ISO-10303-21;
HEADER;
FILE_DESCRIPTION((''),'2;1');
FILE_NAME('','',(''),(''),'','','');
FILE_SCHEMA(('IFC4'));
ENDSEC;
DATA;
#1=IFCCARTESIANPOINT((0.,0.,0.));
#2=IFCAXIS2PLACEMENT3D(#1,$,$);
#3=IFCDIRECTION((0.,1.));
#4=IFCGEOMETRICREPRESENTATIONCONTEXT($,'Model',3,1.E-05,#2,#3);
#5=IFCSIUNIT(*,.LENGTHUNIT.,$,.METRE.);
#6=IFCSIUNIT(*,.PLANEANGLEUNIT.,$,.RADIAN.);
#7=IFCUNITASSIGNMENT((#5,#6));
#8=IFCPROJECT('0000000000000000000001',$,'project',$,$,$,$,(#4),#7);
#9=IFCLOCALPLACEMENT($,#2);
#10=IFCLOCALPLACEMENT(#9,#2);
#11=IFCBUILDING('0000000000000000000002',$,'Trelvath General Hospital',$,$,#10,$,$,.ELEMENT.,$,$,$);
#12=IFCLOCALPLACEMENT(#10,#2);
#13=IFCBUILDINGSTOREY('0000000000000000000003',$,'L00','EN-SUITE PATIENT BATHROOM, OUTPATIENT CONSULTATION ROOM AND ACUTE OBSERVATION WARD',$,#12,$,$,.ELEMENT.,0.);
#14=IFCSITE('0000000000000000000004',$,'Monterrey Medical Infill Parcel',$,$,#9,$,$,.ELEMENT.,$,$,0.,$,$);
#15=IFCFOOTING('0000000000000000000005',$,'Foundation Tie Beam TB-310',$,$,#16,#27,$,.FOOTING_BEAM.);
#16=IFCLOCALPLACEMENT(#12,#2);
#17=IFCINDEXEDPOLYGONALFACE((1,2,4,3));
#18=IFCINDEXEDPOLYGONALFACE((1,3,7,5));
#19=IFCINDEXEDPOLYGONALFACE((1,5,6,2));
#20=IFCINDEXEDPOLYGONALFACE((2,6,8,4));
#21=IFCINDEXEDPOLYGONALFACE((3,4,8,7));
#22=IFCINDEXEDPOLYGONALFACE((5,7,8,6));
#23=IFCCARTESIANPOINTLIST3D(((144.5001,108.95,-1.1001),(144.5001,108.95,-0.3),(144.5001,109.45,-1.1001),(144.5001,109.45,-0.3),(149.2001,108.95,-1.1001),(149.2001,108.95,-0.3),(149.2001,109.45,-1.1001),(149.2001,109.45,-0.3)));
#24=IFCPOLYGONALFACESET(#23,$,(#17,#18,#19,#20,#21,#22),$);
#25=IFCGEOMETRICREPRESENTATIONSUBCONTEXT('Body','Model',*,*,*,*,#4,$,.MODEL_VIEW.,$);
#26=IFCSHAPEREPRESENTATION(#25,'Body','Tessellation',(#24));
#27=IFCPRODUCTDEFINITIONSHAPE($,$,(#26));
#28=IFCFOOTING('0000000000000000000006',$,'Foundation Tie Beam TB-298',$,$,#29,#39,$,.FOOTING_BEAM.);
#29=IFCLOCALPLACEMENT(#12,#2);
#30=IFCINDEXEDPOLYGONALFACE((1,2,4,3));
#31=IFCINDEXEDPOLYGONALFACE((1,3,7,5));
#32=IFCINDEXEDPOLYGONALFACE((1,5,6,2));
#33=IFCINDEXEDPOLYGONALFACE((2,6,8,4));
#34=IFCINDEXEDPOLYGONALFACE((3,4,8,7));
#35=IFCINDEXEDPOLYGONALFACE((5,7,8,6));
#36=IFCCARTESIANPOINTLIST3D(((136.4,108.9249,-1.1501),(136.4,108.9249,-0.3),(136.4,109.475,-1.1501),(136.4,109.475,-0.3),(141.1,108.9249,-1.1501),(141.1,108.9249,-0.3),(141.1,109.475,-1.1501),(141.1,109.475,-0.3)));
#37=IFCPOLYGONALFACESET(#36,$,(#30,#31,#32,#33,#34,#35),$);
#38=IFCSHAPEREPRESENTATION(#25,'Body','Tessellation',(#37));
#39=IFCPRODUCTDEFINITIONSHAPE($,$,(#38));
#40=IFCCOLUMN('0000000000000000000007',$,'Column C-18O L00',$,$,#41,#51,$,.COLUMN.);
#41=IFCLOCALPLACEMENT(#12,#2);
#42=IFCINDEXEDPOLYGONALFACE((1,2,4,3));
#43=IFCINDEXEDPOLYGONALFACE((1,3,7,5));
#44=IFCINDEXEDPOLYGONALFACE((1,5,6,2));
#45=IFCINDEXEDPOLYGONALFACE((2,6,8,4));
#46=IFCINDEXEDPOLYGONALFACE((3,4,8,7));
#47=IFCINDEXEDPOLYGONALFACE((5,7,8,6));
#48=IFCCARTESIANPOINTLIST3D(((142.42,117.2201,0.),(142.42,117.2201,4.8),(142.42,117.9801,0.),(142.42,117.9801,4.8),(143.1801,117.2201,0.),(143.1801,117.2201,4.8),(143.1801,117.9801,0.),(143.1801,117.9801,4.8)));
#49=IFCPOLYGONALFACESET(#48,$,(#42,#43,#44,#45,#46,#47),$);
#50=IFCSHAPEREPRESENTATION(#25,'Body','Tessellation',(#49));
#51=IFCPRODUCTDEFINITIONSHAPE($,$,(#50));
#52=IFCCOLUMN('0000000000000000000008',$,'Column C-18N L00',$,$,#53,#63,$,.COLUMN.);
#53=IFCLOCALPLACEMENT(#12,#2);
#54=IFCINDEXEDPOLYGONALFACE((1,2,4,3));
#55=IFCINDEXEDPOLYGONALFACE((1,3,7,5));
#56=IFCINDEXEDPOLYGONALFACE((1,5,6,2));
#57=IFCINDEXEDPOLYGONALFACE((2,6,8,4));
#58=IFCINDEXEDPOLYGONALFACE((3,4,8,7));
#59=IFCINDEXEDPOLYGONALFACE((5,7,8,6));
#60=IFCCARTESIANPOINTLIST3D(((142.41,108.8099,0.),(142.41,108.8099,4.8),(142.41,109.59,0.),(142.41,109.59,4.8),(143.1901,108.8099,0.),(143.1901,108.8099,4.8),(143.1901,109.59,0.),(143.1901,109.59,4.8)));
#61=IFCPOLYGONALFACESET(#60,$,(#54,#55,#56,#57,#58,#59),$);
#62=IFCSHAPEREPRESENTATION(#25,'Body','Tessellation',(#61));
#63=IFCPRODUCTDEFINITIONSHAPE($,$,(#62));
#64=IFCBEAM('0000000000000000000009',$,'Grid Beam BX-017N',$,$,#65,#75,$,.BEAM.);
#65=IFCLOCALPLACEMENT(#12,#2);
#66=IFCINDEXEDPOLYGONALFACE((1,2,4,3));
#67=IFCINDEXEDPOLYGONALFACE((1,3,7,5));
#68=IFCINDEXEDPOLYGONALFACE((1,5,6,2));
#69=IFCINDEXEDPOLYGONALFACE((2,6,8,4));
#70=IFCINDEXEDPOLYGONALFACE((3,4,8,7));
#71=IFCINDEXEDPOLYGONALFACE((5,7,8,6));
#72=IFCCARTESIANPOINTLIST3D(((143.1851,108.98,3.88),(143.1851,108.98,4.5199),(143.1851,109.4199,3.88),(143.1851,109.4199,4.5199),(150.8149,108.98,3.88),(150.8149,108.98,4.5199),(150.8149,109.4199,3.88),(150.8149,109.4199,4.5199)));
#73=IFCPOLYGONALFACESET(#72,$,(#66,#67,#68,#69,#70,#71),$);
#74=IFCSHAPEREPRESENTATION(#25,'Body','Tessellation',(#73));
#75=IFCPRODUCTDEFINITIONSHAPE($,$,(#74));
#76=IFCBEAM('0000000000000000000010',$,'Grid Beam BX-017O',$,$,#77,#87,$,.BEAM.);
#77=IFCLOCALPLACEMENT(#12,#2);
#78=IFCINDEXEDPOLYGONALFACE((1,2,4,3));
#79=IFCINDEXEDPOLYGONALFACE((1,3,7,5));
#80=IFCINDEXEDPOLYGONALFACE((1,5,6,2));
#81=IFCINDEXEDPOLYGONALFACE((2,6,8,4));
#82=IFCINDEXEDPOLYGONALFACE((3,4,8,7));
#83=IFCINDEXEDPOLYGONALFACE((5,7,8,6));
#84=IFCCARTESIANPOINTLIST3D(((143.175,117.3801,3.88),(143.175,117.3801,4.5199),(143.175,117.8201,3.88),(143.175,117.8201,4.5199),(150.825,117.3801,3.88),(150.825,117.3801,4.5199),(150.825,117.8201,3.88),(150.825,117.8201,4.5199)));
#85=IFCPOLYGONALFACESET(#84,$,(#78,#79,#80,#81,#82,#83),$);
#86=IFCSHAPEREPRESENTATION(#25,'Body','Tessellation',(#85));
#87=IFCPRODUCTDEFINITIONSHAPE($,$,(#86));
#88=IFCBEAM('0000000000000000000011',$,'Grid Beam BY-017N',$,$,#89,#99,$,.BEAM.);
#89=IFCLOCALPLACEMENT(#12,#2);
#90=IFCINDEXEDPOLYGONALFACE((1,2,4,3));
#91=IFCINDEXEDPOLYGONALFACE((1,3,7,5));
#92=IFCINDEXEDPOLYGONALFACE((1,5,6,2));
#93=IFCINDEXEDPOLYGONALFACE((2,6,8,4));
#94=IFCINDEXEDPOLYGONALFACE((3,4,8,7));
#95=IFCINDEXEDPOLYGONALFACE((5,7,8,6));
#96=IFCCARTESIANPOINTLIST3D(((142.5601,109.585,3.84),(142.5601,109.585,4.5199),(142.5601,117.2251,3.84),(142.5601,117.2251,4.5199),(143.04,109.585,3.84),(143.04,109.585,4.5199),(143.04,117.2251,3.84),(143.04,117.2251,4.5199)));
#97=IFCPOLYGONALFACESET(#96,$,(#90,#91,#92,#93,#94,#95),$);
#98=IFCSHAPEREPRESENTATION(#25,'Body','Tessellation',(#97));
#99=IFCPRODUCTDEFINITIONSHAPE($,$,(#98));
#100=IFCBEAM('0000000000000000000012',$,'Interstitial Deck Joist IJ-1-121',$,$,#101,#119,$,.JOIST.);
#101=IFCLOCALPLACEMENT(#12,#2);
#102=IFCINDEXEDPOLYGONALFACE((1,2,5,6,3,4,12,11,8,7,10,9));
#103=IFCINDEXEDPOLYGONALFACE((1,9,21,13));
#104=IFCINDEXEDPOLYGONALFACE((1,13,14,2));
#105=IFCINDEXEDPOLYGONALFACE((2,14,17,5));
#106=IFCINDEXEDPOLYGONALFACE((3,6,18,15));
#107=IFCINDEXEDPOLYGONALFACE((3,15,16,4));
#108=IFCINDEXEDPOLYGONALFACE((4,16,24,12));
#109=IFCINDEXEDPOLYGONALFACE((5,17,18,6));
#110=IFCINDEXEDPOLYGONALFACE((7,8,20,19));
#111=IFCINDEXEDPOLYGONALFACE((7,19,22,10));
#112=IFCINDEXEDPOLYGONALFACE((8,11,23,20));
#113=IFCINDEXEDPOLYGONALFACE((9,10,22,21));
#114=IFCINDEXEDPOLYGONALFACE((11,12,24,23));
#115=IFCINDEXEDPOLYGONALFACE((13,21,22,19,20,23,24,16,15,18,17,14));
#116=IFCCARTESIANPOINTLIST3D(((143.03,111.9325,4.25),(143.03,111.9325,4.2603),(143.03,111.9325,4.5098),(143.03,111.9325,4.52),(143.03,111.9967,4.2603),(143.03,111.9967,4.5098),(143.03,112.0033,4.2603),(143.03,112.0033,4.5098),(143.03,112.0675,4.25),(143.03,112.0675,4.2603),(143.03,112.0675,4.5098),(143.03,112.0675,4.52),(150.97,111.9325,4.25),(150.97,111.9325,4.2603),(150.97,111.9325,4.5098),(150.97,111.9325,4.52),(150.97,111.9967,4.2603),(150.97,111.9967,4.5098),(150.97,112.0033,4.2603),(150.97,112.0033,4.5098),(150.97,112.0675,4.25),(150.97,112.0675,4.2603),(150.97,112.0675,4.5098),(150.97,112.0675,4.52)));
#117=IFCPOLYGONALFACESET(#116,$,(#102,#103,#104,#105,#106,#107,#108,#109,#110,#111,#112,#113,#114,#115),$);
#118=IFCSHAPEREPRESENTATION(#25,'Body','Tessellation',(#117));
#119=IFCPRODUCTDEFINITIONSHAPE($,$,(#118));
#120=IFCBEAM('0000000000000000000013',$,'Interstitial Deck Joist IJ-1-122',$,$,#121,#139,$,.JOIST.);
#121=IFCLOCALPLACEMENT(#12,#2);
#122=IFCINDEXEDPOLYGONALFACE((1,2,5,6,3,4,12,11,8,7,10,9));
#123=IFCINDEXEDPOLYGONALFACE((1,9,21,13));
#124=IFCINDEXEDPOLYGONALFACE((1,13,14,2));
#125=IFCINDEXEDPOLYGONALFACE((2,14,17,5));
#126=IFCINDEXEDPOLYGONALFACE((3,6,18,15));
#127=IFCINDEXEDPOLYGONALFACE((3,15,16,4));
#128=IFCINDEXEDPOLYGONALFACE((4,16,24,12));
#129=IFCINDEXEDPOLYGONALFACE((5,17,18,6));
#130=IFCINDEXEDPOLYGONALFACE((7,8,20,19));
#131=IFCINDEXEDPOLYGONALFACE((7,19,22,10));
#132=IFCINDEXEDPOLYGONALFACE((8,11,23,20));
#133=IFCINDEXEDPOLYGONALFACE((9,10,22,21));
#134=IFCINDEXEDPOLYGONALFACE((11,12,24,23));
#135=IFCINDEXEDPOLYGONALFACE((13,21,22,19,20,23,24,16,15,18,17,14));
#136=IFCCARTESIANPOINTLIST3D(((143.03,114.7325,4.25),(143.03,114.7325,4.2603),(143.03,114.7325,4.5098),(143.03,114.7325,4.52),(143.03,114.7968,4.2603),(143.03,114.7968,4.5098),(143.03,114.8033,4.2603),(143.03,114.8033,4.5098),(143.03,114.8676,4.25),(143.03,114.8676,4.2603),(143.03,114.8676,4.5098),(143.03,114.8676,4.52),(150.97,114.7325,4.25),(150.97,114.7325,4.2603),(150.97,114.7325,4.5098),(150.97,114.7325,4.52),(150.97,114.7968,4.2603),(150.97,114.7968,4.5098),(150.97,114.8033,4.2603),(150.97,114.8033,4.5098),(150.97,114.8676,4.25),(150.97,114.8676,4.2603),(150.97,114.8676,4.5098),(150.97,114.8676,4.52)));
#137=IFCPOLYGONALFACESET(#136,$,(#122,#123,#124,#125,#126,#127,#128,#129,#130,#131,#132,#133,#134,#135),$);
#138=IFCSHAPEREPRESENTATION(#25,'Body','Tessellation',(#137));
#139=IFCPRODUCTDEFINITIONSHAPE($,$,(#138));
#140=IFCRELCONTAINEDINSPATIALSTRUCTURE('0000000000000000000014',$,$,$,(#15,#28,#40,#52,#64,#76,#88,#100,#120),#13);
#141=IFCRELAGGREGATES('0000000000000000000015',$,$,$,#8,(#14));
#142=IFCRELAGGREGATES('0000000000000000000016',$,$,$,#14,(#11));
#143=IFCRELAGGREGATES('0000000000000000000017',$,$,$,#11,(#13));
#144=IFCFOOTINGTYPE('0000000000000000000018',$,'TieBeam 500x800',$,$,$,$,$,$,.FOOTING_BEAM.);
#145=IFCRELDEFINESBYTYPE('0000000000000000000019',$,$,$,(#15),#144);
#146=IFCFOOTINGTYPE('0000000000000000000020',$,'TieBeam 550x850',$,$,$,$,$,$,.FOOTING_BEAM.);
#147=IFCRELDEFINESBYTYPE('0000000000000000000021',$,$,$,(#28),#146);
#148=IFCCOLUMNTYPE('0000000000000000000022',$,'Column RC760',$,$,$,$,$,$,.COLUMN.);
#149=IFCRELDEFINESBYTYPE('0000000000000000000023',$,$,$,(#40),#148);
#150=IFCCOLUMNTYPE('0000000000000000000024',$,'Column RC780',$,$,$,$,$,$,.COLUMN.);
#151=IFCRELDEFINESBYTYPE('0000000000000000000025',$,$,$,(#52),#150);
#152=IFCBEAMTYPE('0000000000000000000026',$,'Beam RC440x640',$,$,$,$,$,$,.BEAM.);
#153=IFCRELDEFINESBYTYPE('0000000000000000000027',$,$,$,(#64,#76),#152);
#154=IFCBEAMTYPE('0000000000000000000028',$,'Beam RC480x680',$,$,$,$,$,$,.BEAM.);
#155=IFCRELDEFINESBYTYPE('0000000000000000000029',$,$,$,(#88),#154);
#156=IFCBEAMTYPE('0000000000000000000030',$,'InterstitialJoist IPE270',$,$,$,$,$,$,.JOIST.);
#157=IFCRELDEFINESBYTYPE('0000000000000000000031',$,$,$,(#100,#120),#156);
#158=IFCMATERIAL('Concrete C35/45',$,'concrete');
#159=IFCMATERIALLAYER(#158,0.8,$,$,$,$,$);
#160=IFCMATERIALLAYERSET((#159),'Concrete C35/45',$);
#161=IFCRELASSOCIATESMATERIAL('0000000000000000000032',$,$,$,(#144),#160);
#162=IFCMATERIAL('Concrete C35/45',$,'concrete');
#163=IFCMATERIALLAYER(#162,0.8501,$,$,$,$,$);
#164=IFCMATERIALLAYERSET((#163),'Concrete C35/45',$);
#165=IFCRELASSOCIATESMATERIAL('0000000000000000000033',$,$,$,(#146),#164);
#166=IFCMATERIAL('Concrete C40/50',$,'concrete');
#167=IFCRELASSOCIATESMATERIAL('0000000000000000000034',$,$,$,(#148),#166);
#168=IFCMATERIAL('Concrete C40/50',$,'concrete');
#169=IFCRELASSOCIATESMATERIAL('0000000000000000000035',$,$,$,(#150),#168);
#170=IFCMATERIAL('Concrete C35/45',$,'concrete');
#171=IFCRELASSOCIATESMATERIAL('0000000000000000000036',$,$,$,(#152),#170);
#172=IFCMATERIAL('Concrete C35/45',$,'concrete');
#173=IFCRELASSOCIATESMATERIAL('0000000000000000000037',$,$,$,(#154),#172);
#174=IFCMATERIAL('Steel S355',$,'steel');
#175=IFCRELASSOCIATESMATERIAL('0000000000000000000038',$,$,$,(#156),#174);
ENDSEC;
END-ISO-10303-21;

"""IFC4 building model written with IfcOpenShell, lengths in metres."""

from ifc_helpers import new_model, si_unit, direction, frame, origin, origin_2d, place, context, subcontext, project, spatial, rectangle, i_section, extrude, material, layer, layer_set, material_profile, profile_set, type_object, element, save


model = new_model("IFC4")

# Units and contexts
model_context = context("Model", 3, precision=1e-05, world=origin(), true_north=direction((0.0, 1.0)))
body_context = subcontext(model_context, "Body", "Model", "MODEL_VIEW")
ifc_project = project(units=[si_unit("LENGTHUNIT", "METRE"), si_unit("PLANEANGLEUNIT", "RADIAN")], contexts=[model_context])

# Site, building, storey
site_placement = place(None, origin())
site = spatial("IfcSite", under=ifc_project, at=site_placement, Name="Monterrey Medical Infill Parcel", CompositionType="ELEMENT", RefElevation=0.0)
building_placement = place(site_placement, origin())
building = spatial("IfcBuilding", under=site, at=building_placement, Name="Trelvath General Hospital", CompositionType="ELEMENT")
storey_placement = place(building_placement, origin())
storey = spatial("IfcBuildingStorey", under=building, at=storey_placement, Name="L00", Description="EN-SUITE PATIENT BATHROOM, OUTPATIENT CONSULTATION ROOM AND ACUTE OBSERVATION WARD", CompositionType="ELEMENT", Elevation=0.0)

# Footings
ifc_material_1 = material(Name="Concrete C35/45", Category="concrete")
ifc_layer_1 = layer(ifc_material_1, 0.8)
ifc_layer_set_1 = layer_set([ifc_layer_1], Name="Concrete C35/45")
footing_type_1 = type_object("IfcFootingType", Name="TieBeam 500x800", PredefinedType="FOOTING_BEAM", material=ifc_layer_set_1)
footing_1_placement = place(storey_placement, frame((146.8501, 109.2, -1.1001), z_axis=(0.0, 0.0, 1.0), x_axis=(1.0, 0.0, 0.0)))
element("IfcFooting", 1, at=footing_1_placement, inside=storey, type_object=footing_type_1, Name="Foundation Tie Beam TB-310", PredefinedType="FOOTING_BEAM", context=body_context, shape_type="SweptSolid", body=[
    extrude(rectangle(XDim=4.7, YDim=0.5, at=origin_2d()), origin(), (0.0, 0.0, 1.0), 0.8),
])
ifc_material_2 = material(Name="Concrete C35/45", Category="concrete")
ifc_layer_2 = layer(ifc_material_2, 0.8501)
ifc_layer_set_2 = layer_set([ifc_layer_2], Name="Concrete C35/45")
footing_type_2 = type_object("IfcFootingType", Name="TieBeam 550x850", PredefinedType="FOOTING_BEAM", material=ifc_layer_set_2)
footing_2_placement = place(storey_placement, frame((138.75, 109.2, -1.1501), z_axis=(0.0, 0.0, 1.0), x_axis=(1.0, 0.0, 0.0)))
element("IfcFooting", 2, at=footing_2_placement, inside=storey, type_object=footing_type_2, Name="Foundation Tie Beam TB-298", PredefinedType="FOOTING_BEAM", context=body_context, shape_type="SweptSolid", body=[
    extrude(rectangle(XDim=4.7, YDim=0.55, at=origin_2d()), origin(), (0.0, 0.0, 1.0), 0.8501),
])

# Columns
ifc_material_3 = material(Name="Concrete C40/50", Category="concrete")
ifc_material_profile_1 = material_profile(ifc_material_3, rectangle(XDim=0.76, YDim=0.76, at=origin_2d()), Name="RC760x760")
ifc_profile_set_1 = profile_set([ifc_material_profile_1], Name="Concrete C40/50")
column_type_1 = type_object("IfcColumnType", Name="Column RC760", PredefinedType="COLUMN", material=ifc_profile_set_1)
column_1_placement = place(storey_placement, frame((142.8, 117.6001, 0.0), z_axis=(0.0, 0.0, 1.0), x_axis=(1.0, 0.0, 0.0)))
element("IfcColumn", 3, at=column_1_placement, inside=storey, type_object=column_type_1, Name="Column C-18O L00", PredefinedType="COLUMN", context=body_context, shape_type="SweptSolid", body=[
    extrude(rectangle(XDim=0.76, YDim=0.76, at=origin_2d()), origin(), (0.0, 0.0, 1.0), 4.8),
])
ifc_material_4 = material(Name="Concrete C40/50", Category="concrete")
ifc_material_profile_2 = material_profile(ifc_material_4, rectangle(XDim=0.78, YDim=0.78, at=origin_2d()), Name="RC780x780")
ifc_profile_set_2 = profile_set([ifc_material_profile_2], Name="Concrete C40/50")
column_type_2 = type_object("IfcColumnType", Name="Column RC780", PredefinedType="COLUMN", material=ifc_profile_set_2)
column_2_placement = place(storey_placement, frame((142.8, 109.2, 0.0), z_axis=(0.0, 0.0, 1.0), x_axis=(1.0, 0.0, 0.0)))
element("IfcColumn", 4, at=column_2_placement, inside=storey, type_object=column_type_2, Name="Column C-18N L00", PredefinedType="COLUMN", context=body_context, shape_type="SweptSolid", body=[
    extrude(rectangle(XDim=0.78, YDim=0.78, at=origin_2d()), origin(), (0.0, 0.0, 1.0), 4.8),
])

# Beams
ifc_material_5 = material(Name="Concrete C35/45", Category="concrete")
ifc_material_profile_3 = material_profile(ifc_material_5, rectangle(XDim=0.4399, YDim=0.6399, at=origin_2d()), Name="RCB440x640")
ifc_profile_set_3 = profile_set([ifc_material_profile_3], Name="Concrete C35/45")
beam_type_1 = type_object("IfcBeamType", Name="Beam RC440x640", PredefinedType="BEAM", material=ifc_profile_set_3)
beam_1_placement = place(storey_placement, frame((143.1851, 109.2, 4.2), z_axis=(1.0, 0.0, 0.0), x_axis=(0.0, 1.0, 0.0)))
element("IfcBeam", 5, at=beam_1_placement, inside=storey, type_object=beam_type_1, Name="Grid Beam BX-017N", PredefinedType="BEAM", context=body_context, shape_type="SweptSolid", body=[
    extrude(rectangle(XDim=0.4399, YDim=0.6399, at=origin_2d()), origin(), (0.0, 0.0, 1.0), 7.6299),
])
beam_2_placement = place(storey_placement, frame((143.175, 117.6001, 4.2), z_axis=(1.0, 0.0, 0.0), x_axis=(0.0, 1.0, 0.0)))
element("IfcBeam", 6, at=beam_2_placement, inside=storey, type_object=beam_type_1, Name="Grid Beam BX-017O", PredefinedType="BEAM", context=body_context, shape_type="SweptSolid", body=[
    extrude(rectangle(XDim=0.4399, YDim=0.6399, at=origin_2d()), origin(), (0.0, 0.0, 1.0), 7.6499),
])
ifc_material_6 = material(Name="Concrete C35/45", Category="concrete")
ifc_material_profile_4 = material_profile(ifc_material_6, rectangle(XDim=0.48, YDim=0.6799, at=origin_2d()), Name="RCB480x680")
ifc_profile_set_4 = profile_set([ifc_material_profile_4], Name="Concrete C35/45")
beam_type_2 = type_object("IfcBeamType", Name="Beam RC480x680", PredefinedType="BEAM", material=ifc_profile_set_4)
beam_3_placement = place(storey_placement, frame((142.8, 109.585, 4.1799), z_axis=(0.0, 1.0, 0.0), x_axis=(-1.0, 0.0, 0.0)))
element("IfcBeam", 7, at=beam_3_placement, inside=storey, type_object=beam_type_2, Name="Grid Beam BY-017N", PredefinedType="BEAM", context=body_context, shape_type="SweptSolid", body=[
    extrude(rectangle(XDim=0.48, YDim=0.6799, at=origin_2d()), origin(), (0.0, 0.0, 1.0), 7.6401),
])
ifc_material_7 = material(Name="Steel S355", Category="steel")
ifc_material_profile_5 = material_profile(ifc_material_7, i_section(OverallWidth=0.135, OverallDepth=0.27, WebThickness=0.0066, FlangeThickness=0.0103, at=origin_2d()), Name="IPE270")
ifc_profile_set_5 = profile_set([ifc_material_profile_5], Name="Steel S355")
beam_type_3 = type_object("IfcBeamType", Name="InterstitialJoist IPE270", PredefinedType="JOIST", material=ifc_profile_set_5)
for number, where, z_axis, x_axis, name in (
    (8, (143.03, 112.0, 4.385), (1.0, 0.0, 0.0), (0.0, 1.0, 0.0), "Interstitial Deck Joist IJ-1-121"),
    (9, (143.03, 114.8, 4.385), (1.0, 0.0, 0.0), (0.0, 1.0, 0.0), "Interstitial Deck Joist IJ-1-122"),
):
    element("IfcBeam", number, at=place(storey_placement, frame(where, z_axis=z_axis, x_axis=x_axis)), inside=storey, type_object=beam_type_3, Name=name, PredefinedType="JOIST", context=body_context, shape_type="SweptSolid", body=[
        extrude(i_section(OverallWidth=0.135, OverallDepth=0.27, WebThickness=0.0066, FlangeThickness=0.0103, at=origin_2d()), origin(), (0.0, 0.0, 1.0), 7.9399),
    ])

save(model, "model.ifc")
